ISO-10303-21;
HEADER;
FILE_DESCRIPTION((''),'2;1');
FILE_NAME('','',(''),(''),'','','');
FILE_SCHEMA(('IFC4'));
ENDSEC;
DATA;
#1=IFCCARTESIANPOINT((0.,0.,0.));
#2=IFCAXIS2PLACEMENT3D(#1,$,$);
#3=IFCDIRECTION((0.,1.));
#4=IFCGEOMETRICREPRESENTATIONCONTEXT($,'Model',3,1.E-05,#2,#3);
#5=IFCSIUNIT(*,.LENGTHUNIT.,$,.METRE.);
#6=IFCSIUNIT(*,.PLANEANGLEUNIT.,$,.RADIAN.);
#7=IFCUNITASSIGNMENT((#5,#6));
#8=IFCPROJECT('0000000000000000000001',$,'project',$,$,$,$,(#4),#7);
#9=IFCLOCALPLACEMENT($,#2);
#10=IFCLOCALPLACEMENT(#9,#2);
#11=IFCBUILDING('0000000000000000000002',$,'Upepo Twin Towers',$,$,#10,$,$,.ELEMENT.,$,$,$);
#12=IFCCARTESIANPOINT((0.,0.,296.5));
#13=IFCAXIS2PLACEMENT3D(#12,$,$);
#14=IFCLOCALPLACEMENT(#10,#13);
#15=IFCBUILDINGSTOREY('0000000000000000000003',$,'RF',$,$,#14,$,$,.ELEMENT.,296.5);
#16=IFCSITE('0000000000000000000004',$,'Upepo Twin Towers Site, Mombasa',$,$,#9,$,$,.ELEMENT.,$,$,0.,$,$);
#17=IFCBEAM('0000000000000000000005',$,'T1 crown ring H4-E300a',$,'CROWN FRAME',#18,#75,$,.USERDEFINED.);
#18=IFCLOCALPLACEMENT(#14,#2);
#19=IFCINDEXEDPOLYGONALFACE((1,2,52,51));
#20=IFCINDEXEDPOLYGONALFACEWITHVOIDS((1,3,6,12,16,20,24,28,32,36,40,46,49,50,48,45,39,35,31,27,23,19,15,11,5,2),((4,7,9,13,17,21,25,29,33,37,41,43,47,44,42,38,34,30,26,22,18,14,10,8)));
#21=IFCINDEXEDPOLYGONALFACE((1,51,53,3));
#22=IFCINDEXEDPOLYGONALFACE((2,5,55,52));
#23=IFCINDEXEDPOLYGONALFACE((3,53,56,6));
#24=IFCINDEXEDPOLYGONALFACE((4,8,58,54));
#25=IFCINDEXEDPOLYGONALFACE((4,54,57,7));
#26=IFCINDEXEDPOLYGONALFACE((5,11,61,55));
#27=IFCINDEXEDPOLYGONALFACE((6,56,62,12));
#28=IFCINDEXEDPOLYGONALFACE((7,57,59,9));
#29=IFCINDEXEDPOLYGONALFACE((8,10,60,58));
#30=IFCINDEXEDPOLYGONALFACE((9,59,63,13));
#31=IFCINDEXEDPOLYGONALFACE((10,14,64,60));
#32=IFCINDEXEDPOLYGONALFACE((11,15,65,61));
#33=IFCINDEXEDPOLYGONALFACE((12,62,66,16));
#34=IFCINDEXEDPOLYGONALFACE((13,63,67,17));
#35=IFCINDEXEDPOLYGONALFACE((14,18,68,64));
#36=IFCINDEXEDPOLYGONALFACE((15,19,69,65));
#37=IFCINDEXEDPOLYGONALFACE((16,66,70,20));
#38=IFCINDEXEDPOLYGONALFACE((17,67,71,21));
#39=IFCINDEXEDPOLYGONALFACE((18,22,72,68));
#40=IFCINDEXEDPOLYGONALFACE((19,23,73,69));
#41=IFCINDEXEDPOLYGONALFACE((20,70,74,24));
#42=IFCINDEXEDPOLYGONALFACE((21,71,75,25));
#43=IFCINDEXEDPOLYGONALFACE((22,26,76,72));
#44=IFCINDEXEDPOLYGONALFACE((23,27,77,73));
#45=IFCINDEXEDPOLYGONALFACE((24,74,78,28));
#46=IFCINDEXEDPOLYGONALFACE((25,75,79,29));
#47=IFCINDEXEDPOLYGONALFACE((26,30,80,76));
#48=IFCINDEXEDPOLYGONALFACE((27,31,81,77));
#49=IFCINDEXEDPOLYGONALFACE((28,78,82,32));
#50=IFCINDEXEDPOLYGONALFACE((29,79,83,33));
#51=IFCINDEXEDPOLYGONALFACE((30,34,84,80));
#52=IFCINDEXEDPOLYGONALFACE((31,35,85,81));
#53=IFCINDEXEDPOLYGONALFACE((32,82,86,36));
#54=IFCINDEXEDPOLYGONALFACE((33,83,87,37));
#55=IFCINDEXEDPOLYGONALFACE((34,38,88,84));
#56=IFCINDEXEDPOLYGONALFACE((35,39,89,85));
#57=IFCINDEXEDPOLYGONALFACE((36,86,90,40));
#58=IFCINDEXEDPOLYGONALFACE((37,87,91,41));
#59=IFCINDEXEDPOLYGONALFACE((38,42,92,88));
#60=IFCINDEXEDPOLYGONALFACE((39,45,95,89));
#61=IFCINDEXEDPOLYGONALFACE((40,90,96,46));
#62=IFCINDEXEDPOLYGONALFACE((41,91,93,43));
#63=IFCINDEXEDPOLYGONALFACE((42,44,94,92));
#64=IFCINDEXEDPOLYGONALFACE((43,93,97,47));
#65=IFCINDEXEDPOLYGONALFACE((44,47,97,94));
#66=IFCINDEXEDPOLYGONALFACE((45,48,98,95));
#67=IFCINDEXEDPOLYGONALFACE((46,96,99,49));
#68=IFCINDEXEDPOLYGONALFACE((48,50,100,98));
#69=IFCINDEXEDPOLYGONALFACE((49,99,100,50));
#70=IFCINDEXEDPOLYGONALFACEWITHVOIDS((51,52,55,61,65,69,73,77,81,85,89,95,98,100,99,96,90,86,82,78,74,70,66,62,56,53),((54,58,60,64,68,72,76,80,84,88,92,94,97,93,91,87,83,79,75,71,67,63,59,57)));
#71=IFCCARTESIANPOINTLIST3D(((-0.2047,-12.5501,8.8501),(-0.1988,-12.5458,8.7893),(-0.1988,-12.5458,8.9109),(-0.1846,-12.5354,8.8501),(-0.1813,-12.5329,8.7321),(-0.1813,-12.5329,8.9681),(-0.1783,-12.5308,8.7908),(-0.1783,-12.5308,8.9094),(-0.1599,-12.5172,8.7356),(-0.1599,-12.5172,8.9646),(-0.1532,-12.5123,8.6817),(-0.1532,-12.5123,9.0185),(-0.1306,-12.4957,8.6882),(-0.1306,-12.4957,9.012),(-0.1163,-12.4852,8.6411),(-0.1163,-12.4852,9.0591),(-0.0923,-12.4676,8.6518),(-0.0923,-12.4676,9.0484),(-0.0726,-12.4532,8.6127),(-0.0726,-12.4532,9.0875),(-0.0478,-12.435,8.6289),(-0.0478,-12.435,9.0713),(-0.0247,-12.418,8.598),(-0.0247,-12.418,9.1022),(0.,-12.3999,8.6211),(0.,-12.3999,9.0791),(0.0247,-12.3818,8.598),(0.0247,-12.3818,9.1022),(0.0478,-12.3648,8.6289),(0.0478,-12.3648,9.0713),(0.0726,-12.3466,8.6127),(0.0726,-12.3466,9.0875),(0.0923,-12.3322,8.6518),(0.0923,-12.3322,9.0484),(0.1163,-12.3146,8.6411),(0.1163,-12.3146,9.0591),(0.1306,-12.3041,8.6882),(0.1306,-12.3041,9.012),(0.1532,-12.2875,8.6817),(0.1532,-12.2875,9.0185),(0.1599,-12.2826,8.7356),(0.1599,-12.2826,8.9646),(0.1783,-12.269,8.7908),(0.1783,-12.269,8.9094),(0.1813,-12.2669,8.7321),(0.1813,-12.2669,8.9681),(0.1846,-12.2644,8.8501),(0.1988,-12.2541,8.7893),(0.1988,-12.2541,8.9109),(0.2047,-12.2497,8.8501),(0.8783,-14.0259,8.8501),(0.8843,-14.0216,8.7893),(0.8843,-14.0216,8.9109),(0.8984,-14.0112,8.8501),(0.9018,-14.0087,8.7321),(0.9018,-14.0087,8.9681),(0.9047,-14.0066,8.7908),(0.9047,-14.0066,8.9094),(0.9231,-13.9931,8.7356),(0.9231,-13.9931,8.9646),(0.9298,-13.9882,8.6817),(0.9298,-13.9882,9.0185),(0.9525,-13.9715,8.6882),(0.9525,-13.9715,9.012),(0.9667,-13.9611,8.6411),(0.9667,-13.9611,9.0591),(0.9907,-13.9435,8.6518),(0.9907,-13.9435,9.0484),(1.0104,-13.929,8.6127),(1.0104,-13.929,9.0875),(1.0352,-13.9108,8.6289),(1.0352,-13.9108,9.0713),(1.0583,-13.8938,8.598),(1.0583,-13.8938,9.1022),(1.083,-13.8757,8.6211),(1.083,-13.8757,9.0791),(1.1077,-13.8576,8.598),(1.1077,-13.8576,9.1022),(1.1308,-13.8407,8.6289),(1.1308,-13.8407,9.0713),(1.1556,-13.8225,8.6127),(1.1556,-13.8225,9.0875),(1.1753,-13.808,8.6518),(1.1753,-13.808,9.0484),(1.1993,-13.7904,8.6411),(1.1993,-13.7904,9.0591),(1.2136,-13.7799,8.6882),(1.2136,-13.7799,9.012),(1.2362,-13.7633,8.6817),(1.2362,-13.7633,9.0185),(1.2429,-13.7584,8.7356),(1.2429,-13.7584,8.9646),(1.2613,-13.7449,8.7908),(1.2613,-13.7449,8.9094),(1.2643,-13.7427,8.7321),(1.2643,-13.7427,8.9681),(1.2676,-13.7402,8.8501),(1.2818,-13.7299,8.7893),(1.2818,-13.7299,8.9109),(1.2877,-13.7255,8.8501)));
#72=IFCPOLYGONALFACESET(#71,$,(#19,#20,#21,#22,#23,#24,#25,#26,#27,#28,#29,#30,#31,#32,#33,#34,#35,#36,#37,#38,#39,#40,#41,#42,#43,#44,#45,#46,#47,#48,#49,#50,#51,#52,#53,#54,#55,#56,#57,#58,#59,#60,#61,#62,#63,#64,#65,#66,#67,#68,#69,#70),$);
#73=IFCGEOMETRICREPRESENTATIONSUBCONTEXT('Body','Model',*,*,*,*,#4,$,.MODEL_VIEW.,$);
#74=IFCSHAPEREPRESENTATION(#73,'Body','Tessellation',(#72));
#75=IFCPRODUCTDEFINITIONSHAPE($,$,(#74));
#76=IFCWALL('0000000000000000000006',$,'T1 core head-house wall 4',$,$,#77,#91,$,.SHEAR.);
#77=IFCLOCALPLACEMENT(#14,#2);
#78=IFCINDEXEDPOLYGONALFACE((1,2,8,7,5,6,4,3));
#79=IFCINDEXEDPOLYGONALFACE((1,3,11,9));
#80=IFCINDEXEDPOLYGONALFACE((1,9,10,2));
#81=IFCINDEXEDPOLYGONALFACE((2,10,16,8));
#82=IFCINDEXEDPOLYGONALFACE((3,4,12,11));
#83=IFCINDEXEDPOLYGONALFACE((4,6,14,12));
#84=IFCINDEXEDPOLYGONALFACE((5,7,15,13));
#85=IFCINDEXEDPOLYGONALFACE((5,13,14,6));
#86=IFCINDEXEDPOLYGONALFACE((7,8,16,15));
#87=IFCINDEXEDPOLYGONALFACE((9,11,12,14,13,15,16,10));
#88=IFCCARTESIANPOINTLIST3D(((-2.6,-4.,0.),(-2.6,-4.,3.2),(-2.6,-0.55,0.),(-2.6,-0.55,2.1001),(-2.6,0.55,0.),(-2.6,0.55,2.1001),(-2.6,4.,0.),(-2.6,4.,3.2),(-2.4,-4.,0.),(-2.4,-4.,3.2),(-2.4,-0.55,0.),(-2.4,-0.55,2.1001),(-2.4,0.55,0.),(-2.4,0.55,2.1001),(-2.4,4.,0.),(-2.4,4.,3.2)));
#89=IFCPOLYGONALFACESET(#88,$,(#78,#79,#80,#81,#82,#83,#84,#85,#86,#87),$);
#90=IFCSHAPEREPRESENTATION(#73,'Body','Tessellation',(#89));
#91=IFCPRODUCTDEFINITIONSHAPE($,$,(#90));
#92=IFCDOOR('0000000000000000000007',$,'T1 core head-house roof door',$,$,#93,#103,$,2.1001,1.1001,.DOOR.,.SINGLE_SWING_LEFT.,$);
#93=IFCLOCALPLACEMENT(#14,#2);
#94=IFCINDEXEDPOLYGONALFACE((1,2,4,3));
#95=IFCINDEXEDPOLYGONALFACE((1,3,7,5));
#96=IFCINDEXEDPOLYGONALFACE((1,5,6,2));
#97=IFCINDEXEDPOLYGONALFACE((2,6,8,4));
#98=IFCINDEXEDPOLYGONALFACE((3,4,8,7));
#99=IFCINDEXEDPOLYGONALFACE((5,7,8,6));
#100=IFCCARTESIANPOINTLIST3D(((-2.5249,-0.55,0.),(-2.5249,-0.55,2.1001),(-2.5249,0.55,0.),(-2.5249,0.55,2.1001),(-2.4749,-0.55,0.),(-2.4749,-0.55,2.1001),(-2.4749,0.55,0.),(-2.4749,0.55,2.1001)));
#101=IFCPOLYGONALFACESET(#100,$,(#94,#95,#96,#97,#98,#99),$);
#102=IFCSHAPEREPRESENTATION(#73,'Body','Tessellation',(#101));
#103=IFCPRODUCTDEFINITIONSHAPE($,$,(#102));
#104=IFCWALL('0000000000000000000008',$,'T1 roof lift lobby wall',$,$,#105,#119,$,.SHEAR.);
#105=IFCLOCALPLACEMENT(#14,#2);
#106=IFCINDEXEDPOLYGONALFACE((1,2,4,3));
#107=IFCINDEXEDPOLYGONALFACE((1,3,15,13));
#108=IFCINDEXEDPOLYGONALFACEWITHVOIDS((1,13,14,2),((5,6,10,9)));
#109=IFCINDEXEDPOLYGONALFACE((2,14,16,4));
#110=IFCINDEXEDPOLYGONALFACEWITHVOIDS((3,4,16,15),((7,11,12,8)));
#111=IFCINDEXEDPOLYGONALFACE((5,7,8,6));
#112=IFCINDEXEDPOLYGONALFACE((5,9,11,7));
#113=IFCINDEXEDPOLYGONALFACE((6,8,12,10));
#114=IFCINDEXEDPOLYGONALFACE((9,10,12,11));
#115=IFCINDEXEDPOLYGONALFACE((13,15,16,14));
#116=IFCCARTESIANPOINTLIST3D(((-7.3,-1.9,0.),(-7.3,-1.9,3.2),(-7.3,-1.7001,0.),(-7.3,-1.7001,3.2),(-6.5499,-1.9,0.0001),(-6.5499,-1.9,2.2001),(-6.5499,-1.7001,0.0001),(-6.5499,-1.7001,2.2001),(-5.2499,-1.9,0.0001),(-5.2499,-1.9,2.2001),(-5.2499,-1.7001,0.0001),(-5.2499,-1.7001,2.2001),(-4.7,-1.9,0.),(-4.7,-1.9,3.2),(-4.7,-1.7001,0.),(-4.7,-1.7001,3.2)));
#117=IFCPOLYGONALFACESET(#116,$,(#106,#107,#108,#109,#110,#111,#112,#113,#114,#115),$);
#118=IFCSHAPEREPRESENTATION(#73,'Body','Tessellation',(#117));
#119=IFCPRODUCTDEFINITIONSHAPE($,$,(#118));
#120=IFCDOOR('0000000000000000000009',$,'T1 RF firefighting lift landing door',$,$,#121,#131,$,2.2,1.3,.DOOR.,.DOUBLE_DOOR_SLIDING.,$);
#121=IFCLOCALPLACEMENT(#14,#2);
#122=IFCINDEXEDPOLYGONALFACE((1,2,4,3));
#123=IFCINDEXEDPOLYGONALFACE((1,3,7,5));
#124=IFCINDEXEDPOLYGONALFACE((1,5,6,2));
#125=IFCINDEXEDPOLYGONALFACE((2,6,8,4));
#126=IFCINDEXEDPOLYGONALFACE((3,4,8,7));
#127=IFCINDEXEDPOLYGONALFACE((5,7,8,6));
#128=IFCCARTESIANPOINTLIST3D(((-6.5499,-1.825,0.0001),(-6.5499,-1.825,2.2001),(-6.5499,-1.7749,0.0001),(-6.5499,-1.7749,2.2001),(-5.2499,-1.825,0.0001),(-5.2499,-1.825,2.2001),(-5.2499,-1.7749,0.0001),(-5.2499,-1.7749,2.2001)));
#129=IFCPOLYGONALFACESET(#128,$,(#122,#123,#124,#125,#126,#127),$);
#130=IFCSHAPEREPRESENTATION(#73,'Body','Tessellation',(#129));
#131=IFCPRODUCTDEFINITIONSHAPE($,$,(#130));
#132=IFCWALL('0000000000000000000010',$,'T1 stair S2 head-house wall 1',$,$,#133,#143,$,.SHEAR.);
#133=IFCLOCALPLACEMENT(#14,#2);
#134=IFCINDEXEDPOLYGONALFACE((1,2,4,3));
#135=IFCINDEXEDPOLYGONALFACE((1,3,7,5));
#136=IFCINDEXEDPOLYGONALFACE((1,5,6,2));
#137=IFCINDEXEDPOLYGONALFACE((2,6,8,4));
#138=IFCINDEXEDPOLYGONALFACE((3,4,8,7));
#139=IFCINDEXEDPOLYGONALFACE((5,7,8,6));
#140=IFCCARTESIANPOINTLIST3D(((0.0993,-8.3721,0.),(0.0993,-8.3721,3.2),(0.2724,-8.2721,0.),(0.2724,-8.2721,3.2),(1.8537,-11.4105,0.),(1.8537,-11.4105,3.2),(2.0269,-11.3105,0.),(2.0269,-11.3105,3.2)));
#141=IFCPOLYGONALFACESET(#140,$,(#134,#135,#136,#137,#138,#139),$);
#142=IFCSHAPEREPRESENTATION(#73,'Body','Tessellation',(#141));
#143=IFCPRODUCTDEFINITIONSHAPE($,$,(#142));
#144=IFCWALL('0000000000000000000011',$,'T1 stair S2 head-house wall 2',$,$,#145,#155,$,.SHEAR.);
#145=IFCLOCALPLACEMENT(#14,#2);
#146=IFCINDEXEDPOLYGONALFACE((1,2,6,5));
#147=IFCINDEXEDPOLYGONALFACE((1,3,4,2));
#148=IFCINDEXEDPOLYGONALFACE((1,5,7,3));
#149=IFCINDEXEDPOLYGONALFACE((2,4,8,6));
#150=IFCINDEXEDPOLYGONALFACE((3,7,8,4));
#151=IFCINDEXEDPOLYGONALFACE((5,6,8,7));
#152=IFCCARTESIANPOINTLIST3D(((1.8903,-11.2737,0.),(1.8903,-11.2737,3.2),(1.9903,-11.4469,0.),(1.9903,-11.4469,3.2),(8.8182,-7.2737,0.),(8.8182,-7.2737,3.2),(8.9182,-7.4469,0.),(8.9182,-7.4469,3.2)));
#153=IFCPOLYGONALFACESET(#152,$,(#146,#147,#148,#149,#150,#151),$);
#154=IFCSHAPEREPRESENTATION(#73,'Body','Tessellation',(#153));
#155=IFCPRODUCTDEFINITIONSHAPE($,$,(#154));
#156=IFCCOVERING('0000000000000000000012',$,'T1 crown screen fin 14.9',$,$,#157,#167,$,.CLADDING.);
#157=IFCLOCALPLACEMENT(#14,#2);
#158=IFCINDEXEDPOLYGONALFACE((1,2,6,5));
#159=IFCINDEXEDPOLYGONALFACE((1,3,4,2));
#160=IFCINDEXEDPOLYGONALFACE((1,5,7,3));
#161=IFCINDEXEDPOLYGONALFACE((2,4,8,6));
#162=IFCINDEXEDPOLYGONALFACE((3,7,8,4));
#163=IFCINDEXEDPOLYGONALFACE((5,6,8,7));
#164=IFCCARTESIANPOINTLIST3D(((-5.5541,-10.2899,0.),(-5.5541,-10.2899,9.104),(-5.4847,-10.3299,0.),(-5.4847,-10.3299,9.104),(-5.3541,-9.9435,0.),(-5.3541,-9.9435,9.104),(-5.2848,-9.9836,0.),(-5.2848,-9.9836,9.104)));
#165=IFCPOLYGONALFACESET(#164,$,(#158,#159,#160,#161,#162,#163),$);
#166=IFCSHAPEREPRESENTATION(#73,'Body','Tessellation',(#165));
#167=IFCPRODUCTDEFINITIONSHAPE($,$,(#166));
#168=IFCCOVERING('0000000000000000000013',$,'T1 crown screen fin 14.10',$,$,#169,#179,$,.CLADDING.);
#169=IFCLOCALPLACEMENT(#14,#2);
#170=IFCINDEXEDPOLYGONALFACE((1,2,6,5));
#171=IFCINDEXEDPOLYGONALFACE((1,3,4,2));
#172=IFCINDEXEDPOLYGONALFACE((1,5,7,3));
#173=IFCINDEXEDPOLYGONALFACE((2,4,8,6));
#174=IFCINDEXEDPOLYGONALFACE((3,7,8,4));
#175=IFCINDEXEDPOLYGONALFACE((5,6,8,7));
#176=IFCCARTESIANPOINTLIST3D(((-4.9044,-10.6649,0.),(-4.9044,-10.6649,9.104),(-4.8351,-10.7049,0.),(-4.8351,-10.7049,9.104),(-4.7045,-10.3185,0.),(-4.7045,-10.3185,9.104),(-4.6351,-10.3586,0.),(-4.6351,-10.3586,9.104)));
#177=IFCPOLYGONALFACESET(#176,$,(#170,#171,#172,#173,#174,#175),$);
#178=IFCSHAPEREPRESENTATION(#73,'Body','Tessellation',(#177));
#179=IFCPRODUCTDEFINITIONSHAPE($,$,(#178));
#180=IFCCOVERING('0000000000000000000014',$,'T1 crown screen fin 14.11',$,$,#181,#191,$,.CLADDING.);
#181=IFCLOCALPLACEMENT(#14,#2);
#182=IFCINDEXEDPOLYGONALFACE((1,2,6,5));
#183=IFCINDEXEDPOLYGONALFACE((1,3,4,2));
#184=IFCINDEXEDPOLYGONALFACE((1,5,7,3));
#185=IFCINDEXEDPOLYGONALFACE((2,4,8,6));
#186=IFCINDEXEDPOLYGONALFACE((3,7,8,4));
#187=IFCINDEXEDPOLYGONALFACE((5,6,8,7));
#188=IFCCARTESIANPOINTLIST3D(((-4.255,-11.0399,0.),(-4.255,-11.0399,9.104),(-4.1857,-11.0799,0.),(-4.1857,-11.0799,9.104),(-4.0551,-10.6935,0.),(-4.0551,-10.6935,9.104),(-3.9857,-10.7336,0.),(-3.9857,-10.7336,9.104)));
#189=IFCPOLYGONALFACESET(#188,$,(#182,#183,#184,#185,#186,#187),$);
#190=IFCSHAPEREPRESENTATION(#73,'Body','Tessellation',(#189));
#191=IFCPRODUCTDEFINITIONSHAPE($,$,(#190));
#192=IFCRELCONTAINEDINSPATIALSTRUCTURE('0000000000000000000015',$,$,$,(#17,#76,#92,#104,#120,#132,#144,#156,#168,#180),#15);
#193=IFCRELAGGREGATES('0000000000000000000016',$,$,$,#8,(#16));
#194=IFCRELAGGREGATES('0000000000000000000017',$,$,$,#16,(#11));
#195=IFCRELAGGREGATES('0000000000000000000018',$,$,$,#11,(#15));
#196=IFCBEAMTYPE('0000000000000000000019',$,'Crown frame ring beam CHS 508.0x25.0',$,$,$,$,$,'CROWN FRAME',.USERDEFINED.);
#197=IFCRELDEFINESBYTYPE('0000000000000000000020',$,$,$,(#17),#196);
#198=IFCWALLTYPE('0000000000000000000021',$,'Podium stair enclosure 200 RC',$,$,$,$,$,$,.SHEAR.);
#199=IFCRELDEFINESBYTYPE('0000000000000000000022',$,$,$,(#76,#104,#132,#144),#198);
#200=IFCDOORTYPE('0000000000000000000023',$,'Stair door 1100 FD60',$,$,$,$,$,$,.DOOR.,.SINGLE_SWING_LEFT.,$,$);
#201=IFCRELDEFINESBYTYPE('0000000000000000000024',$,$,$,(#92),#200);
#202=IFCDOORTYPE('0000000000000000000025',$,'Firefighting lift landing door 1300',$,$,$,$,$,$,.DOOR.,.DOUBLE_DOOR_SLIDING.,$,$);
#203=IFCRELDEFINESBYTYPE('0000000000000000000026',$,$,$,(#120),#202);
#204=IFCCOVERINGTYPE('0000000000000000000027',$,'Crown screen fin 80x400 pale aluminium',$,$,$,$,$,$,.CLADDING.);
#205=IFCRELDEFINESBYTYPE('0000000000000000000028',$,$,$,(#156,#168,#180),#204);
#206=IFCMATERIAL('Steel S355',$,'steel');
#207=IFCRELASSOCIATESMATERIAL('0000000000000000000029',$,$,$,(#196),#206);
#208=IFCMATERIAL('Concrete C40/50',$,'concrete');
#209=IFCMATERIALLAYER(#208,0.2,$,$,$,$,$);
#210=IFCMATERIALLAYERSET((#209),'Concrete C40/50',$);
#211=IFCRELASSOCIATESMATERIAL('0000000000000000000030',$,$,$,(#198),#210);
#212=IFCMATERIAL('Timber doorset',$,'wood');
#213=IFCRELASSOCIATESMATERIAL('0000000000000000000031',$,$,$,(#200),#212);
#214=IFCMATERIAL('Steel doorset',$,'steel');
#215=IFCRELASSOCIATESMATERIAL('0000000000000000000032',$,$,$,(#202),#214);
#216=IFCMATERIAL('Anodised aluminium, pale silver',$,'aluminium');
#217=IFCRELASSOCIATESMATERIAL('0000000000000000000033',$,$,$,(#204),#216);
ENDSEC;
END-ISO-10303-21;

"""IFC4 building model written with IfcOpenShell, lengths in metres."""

from ifc_helpers import new_model, si_unit, direction, frame, frame_2d, origin, origin_2d, place, context, subcontext, project, spatial, rectangle, hollow_circle, extrude, material, layer, layer_set, material_profile, profile_set, type_object, element, fill, save


model = new_model("IFC4")

# Units and contexts
model_context = context("Model", 3, precision=1e-05, world=origin(), true_north=direction((0.0, 1.0)))
body_context = subcontext(model_context, "Body", "Model", "MODEL_VIEW")
ifc_project = project(units=[si_unit("LENGTHUNIT", "METRE"), si_unit("PLANEANGLEUNIT", "RADIAN")], contexts=[model_context])

# Site, building, storey
site_placement = place(None, origin())
site = spatial("IfcSite", under=ifc_project, at=site_placement, Name="Upepo Twin Towers Site, Mombasa", CompositionType="ELEMENT", RefElevation=0.0)
building_placement = place(site_placement, origin())
building = spatial("IfcBuilding", under=site, at=building_placement, Name="Upepo Twin Towers", CompositionType="ELEMENT")
storey_placement = place(building_placement, frame((0.0, 0.0, 296.5)))
storey = spatial("IfcBuildingStorey", under=building, at=storey_placement, Name="RF", CompositionType="ELEMENT", Elevation=296.5)

# Beam
ifc_material_1 = material(Name="Steel S355", Category="steel")
ifc_material_profile_1 = material_profile(ifc_material_1, hollow_circle(Radius=0.2539, WallThickness=0.0249, at=origin_2d()), Name="CHS 508.0x25.0")
ifc_profile_set_1 = profile_set([ifc_material_profile_1], Name="Steel S355")
beam_type = type_object("IfcBeamType", Name="Crown frame ring beam CHS 508.0x25.0", ElementType="CROWN FRAME", PredefinedType="USERDEFINED", material=ifc_profile_set_1)
beam_placement = place(storey_placement, frame((0.0, -12.3999, 8.8501), z_axis=(0.591624, -0.806214, 0.0), x_axis=(0.806214, 0.591624, 0.0)))
element("IfcBeam", 1, at=beam_placement, inside=storey, type_object=beam_type, Name="T1 crown ring H4-E300a", ObjectType="CROWN FRAME", PredefinedType="USERDEFINED", context=body_context, shape_type="SweptSolid", body=[
    extrude(hollow_circle(Radius=0.2539, WallThickness=0.0249, at=origin_2d()), origin(), (0.0, 0.0, 1.0), 1.8306),
])

# Walls, openings, doors
ifc_material_2 = material(Name="Concrete C40/50", Category="concrete")
ifc_layer_1 = layer(ifc_material_2, 0.2)
ifc_layer_set_1 = layer_set([ifc_layer_1], Name="Concrete C40/50")
wall_type = type_object("IfcWallType", Name="Podium stair enclosure 200 RC", PredefinedType="SHEAR", material=ifc_layer_set_1)
wall_1_placement = place(storey_placement, frame((-2.5, -4.0, 0.0), z_axis=(0.0, 0.0, 1.0), x_axis=(0.0, 1.0, 0.0)))
wall_1 = element("IfcWall", 2, at=wall_1_placement, inside=storey, type_object=wall_type, Name="T1 core head-house wall 4", PredefinedType="SHEAR", context=body_context, shape_type="SweptSolid", body=[
    extrude(rectangle(XDim=8.0, YDim=0.2, at=frame_2d((4.0, 0.0))), origin(), (0.0, 0.0, 1.0), 3.2),
])
opening_1_placement = place(wall_1_placement, frame((3.45, 0.0, 0.0)))
opening_1 = element("IfcOpeningElement", 3, at=opening_1_placement, cuts=wall_1, PredefinedType="OPENING", context=body_context, shape_type="SweptSolid", body=[
    extrude(rectangle(XDim=1.1001, YDim=2.1001, at=frame_2d((0.55, 1.05))), frame((0.0, 0.1099, 0.0), z_axis=(0.0, -1.0, 0.0), x_axis=(1.0, 0.0, 0.0)), (0.0, 0.0, 1.0), 0.22),
])
ifc_material_3 = material(Name="Timber doorset", Category="wood")
door_type_1 = type_object("IfcDoorType", Name="Stair door 1100 FD60", OperationType="SINGLE_SWING_LEFT", PredefinedType="DOOR", material=ifc_material_3)
door_1_placement = place(opening_1_placement, origin())
door_1 = element("IfcDoor", 4, at=door_1_placement, inside=storey, type_object=door_type_1, Name="T1 core head-house roof door", OperationType="SINGLE_SWING_LEFT", OverallHeight=2.1001, OverallWidth=1.1001, PredefinedType="DOOR", context=body_context, shape_type="SweptSolid", body=[
    extrude(rectangle(XDim=1.1001, YDim=2.1001, at=frame_2d((0.55, 1.05))), frame((0.0, 0.0249, 0.0), z_axis=(0.0, -1.0, 0.0), x_axis=(1.0, 0.0, 0.0)), (0.0, 0.0, 1.0), 0.05),
])
fill(opening_1, door_1)
wall_2_placement = place(storey_placement, frame((-4.7, -1.8, 0.0), z_axis=(0.0, 0.0, 1.0), x_axis=(-1.0, 0.0, 0.0)))
wall_2 = element("IfcWall", 5, at=wall_2_placement, inside=storey, type_object=wall_type, Name="T1 roof lift lobby wall", PredefinedType="SHEAR", context=body_context, shape_type="SweptSolid", body=[
    extrude(rectangle(XDim=2.6001, YDim=0.2, at=frame_2d((1.3, 0.0))), origin(), (0.0, 0.0, 1.0), 3.2),
])
opening_2_placement = place(wall_2_placement, frame((0.55, 0.0, 0.0)))
opening_2 = element("IfcOpeningElement", 6, at=opening_2_placement, cuts=wall_2, PredefinedType="OPENING", context=body_context, shape_type="SweptSolid", body=[
    extrude(rectangle(XDim=1.3, YDim=2.2, at=frame_2d((0.6499, 1.1001))), frame((0.0, 0.1099, 0.0), z_axis=(0.0, -1.0, 0.0), x_axis=(1.0, 0.0, 0.0)), (0.0, 0.0, 1.0), 0.22),
])
ifc_material_4 = material(Name="Steel doorset", Category="steel")
door_type_2 = type_object("IfcDoorType", Name="Firefighting lift landing door 1300", OperationType="DOUBLE_DOOR_SLIDING", PredefinedType="DOOR", material=ifc_material_4)
door_2_placement = place(opening_2_placement, origin())
door_2 = element("IfcDoor", 7, at=door_2_placement, inside=storey, type_object=door_type_2, Name="T1 RF firefighting lift landing door", OperationType="DOUBLE_DOOR_SLIDING", OverallHeight=2.2, OverallWidth=1.3, PredefinedType="DOOR", context=body_context, shape_type="SweptSolid", body=[
    extrude(rectangle(XDim=1.3, YDim=2.2, at=frame_2d((0.6499, 1.1001))), frame((0.0, 0.0249, 0.0), z_axis=(0.0, -1.0, 0.0), x_axis=(1.0, 0.0, 0.0)), (0.0, 0.0, 1.0), 0.05),
])
fill(opening_2, door_2)

# Walls
wall_3_placement = place(storey_placement, frame((0.1858, -8.322, 0.0), z_axis=(0.0, 0.0, 1.0), x_axis=(0.500046, -0.865999, 0.0)))
element("IfcWall", 8, at=wall_3_placement, inside=storey, type_object=wall_type, Name="T1 stair S2 head-house wall 1", PredefinedType="SHEAR", context=body_context, shape_type="SweptSolid", body=[
    extrude(rectangle(XDim=3.5085, YDim=0.2, at=frame_2d((1.7544, 0.0))), origin(), (0.0, 0.0, 1.0), 3.2),
])
wall_4_placement = place(storey_placement, frame((1.9402, -11.3604, 0.0), z_axis=(0.0, 0.0, 1.0), x_axis=(0.866018, 0.500012, 0.0)))
element("IfcWall", 9, at=wall_4_placement, inside=storey, type_object=wall_type, Name="T1 stair S2 head-house wall 2", PredefinedType="SHEAR", context=body_context, shape_type="SweptSolid", body=[
    extrude(rectangle(XDim=7.9998, YDim=0.2, at=frame_2d((4.0, 0.0))), origin(), (0.0, 0.0, 1.0), 3.2),
])

# Coverings
ifc_material_5 = material(Name="Anodised aluminium, pale silver", Category="aluminium")
covering_type_1 = type_object("IfcCoveringType", Name="Crown screen fin 80x400 pale aluminium", PredefinedType="CLADDING", material=ifc_material_5)
for number, where, z_axis, x_axis, name in (
    (10, (-5.4194, -10.1367, 0.0), (0.0, 0.0, 1.0), (0.866025, -0.5, 0.0), "T1 crown screen fin 14.9"),
    (11, (-4.7698, -10.5117, 0.0), (0.0, 0.0, 1.0), (0.866025, -0.5, 0.0), "T1 crown screen fin 14.10"),
    (12, (-4.1204, -10.8867, 0.0), (0.0, 0.0, 1.0), (0.866025, -0.5, 0.0), "T1 crown screen fin 14.11"),
):
    element("IfcCovering", number, at=place(storey_placement, frame(where, z_axis=z_axis, x_axis=x_axis)), inside=storey, type_object=covering_type_1, Name=name, PredefinedType="CLADDING", context=body_context, shape_type="SweptSolid", body=[
        extrude(rectangle(XDim=0.0801, YDim=0.3999, at=origin_2d()), origin(), (0.0, 0.0, 1.0), 9.104),
    ])

save(model, "model.ifc")
